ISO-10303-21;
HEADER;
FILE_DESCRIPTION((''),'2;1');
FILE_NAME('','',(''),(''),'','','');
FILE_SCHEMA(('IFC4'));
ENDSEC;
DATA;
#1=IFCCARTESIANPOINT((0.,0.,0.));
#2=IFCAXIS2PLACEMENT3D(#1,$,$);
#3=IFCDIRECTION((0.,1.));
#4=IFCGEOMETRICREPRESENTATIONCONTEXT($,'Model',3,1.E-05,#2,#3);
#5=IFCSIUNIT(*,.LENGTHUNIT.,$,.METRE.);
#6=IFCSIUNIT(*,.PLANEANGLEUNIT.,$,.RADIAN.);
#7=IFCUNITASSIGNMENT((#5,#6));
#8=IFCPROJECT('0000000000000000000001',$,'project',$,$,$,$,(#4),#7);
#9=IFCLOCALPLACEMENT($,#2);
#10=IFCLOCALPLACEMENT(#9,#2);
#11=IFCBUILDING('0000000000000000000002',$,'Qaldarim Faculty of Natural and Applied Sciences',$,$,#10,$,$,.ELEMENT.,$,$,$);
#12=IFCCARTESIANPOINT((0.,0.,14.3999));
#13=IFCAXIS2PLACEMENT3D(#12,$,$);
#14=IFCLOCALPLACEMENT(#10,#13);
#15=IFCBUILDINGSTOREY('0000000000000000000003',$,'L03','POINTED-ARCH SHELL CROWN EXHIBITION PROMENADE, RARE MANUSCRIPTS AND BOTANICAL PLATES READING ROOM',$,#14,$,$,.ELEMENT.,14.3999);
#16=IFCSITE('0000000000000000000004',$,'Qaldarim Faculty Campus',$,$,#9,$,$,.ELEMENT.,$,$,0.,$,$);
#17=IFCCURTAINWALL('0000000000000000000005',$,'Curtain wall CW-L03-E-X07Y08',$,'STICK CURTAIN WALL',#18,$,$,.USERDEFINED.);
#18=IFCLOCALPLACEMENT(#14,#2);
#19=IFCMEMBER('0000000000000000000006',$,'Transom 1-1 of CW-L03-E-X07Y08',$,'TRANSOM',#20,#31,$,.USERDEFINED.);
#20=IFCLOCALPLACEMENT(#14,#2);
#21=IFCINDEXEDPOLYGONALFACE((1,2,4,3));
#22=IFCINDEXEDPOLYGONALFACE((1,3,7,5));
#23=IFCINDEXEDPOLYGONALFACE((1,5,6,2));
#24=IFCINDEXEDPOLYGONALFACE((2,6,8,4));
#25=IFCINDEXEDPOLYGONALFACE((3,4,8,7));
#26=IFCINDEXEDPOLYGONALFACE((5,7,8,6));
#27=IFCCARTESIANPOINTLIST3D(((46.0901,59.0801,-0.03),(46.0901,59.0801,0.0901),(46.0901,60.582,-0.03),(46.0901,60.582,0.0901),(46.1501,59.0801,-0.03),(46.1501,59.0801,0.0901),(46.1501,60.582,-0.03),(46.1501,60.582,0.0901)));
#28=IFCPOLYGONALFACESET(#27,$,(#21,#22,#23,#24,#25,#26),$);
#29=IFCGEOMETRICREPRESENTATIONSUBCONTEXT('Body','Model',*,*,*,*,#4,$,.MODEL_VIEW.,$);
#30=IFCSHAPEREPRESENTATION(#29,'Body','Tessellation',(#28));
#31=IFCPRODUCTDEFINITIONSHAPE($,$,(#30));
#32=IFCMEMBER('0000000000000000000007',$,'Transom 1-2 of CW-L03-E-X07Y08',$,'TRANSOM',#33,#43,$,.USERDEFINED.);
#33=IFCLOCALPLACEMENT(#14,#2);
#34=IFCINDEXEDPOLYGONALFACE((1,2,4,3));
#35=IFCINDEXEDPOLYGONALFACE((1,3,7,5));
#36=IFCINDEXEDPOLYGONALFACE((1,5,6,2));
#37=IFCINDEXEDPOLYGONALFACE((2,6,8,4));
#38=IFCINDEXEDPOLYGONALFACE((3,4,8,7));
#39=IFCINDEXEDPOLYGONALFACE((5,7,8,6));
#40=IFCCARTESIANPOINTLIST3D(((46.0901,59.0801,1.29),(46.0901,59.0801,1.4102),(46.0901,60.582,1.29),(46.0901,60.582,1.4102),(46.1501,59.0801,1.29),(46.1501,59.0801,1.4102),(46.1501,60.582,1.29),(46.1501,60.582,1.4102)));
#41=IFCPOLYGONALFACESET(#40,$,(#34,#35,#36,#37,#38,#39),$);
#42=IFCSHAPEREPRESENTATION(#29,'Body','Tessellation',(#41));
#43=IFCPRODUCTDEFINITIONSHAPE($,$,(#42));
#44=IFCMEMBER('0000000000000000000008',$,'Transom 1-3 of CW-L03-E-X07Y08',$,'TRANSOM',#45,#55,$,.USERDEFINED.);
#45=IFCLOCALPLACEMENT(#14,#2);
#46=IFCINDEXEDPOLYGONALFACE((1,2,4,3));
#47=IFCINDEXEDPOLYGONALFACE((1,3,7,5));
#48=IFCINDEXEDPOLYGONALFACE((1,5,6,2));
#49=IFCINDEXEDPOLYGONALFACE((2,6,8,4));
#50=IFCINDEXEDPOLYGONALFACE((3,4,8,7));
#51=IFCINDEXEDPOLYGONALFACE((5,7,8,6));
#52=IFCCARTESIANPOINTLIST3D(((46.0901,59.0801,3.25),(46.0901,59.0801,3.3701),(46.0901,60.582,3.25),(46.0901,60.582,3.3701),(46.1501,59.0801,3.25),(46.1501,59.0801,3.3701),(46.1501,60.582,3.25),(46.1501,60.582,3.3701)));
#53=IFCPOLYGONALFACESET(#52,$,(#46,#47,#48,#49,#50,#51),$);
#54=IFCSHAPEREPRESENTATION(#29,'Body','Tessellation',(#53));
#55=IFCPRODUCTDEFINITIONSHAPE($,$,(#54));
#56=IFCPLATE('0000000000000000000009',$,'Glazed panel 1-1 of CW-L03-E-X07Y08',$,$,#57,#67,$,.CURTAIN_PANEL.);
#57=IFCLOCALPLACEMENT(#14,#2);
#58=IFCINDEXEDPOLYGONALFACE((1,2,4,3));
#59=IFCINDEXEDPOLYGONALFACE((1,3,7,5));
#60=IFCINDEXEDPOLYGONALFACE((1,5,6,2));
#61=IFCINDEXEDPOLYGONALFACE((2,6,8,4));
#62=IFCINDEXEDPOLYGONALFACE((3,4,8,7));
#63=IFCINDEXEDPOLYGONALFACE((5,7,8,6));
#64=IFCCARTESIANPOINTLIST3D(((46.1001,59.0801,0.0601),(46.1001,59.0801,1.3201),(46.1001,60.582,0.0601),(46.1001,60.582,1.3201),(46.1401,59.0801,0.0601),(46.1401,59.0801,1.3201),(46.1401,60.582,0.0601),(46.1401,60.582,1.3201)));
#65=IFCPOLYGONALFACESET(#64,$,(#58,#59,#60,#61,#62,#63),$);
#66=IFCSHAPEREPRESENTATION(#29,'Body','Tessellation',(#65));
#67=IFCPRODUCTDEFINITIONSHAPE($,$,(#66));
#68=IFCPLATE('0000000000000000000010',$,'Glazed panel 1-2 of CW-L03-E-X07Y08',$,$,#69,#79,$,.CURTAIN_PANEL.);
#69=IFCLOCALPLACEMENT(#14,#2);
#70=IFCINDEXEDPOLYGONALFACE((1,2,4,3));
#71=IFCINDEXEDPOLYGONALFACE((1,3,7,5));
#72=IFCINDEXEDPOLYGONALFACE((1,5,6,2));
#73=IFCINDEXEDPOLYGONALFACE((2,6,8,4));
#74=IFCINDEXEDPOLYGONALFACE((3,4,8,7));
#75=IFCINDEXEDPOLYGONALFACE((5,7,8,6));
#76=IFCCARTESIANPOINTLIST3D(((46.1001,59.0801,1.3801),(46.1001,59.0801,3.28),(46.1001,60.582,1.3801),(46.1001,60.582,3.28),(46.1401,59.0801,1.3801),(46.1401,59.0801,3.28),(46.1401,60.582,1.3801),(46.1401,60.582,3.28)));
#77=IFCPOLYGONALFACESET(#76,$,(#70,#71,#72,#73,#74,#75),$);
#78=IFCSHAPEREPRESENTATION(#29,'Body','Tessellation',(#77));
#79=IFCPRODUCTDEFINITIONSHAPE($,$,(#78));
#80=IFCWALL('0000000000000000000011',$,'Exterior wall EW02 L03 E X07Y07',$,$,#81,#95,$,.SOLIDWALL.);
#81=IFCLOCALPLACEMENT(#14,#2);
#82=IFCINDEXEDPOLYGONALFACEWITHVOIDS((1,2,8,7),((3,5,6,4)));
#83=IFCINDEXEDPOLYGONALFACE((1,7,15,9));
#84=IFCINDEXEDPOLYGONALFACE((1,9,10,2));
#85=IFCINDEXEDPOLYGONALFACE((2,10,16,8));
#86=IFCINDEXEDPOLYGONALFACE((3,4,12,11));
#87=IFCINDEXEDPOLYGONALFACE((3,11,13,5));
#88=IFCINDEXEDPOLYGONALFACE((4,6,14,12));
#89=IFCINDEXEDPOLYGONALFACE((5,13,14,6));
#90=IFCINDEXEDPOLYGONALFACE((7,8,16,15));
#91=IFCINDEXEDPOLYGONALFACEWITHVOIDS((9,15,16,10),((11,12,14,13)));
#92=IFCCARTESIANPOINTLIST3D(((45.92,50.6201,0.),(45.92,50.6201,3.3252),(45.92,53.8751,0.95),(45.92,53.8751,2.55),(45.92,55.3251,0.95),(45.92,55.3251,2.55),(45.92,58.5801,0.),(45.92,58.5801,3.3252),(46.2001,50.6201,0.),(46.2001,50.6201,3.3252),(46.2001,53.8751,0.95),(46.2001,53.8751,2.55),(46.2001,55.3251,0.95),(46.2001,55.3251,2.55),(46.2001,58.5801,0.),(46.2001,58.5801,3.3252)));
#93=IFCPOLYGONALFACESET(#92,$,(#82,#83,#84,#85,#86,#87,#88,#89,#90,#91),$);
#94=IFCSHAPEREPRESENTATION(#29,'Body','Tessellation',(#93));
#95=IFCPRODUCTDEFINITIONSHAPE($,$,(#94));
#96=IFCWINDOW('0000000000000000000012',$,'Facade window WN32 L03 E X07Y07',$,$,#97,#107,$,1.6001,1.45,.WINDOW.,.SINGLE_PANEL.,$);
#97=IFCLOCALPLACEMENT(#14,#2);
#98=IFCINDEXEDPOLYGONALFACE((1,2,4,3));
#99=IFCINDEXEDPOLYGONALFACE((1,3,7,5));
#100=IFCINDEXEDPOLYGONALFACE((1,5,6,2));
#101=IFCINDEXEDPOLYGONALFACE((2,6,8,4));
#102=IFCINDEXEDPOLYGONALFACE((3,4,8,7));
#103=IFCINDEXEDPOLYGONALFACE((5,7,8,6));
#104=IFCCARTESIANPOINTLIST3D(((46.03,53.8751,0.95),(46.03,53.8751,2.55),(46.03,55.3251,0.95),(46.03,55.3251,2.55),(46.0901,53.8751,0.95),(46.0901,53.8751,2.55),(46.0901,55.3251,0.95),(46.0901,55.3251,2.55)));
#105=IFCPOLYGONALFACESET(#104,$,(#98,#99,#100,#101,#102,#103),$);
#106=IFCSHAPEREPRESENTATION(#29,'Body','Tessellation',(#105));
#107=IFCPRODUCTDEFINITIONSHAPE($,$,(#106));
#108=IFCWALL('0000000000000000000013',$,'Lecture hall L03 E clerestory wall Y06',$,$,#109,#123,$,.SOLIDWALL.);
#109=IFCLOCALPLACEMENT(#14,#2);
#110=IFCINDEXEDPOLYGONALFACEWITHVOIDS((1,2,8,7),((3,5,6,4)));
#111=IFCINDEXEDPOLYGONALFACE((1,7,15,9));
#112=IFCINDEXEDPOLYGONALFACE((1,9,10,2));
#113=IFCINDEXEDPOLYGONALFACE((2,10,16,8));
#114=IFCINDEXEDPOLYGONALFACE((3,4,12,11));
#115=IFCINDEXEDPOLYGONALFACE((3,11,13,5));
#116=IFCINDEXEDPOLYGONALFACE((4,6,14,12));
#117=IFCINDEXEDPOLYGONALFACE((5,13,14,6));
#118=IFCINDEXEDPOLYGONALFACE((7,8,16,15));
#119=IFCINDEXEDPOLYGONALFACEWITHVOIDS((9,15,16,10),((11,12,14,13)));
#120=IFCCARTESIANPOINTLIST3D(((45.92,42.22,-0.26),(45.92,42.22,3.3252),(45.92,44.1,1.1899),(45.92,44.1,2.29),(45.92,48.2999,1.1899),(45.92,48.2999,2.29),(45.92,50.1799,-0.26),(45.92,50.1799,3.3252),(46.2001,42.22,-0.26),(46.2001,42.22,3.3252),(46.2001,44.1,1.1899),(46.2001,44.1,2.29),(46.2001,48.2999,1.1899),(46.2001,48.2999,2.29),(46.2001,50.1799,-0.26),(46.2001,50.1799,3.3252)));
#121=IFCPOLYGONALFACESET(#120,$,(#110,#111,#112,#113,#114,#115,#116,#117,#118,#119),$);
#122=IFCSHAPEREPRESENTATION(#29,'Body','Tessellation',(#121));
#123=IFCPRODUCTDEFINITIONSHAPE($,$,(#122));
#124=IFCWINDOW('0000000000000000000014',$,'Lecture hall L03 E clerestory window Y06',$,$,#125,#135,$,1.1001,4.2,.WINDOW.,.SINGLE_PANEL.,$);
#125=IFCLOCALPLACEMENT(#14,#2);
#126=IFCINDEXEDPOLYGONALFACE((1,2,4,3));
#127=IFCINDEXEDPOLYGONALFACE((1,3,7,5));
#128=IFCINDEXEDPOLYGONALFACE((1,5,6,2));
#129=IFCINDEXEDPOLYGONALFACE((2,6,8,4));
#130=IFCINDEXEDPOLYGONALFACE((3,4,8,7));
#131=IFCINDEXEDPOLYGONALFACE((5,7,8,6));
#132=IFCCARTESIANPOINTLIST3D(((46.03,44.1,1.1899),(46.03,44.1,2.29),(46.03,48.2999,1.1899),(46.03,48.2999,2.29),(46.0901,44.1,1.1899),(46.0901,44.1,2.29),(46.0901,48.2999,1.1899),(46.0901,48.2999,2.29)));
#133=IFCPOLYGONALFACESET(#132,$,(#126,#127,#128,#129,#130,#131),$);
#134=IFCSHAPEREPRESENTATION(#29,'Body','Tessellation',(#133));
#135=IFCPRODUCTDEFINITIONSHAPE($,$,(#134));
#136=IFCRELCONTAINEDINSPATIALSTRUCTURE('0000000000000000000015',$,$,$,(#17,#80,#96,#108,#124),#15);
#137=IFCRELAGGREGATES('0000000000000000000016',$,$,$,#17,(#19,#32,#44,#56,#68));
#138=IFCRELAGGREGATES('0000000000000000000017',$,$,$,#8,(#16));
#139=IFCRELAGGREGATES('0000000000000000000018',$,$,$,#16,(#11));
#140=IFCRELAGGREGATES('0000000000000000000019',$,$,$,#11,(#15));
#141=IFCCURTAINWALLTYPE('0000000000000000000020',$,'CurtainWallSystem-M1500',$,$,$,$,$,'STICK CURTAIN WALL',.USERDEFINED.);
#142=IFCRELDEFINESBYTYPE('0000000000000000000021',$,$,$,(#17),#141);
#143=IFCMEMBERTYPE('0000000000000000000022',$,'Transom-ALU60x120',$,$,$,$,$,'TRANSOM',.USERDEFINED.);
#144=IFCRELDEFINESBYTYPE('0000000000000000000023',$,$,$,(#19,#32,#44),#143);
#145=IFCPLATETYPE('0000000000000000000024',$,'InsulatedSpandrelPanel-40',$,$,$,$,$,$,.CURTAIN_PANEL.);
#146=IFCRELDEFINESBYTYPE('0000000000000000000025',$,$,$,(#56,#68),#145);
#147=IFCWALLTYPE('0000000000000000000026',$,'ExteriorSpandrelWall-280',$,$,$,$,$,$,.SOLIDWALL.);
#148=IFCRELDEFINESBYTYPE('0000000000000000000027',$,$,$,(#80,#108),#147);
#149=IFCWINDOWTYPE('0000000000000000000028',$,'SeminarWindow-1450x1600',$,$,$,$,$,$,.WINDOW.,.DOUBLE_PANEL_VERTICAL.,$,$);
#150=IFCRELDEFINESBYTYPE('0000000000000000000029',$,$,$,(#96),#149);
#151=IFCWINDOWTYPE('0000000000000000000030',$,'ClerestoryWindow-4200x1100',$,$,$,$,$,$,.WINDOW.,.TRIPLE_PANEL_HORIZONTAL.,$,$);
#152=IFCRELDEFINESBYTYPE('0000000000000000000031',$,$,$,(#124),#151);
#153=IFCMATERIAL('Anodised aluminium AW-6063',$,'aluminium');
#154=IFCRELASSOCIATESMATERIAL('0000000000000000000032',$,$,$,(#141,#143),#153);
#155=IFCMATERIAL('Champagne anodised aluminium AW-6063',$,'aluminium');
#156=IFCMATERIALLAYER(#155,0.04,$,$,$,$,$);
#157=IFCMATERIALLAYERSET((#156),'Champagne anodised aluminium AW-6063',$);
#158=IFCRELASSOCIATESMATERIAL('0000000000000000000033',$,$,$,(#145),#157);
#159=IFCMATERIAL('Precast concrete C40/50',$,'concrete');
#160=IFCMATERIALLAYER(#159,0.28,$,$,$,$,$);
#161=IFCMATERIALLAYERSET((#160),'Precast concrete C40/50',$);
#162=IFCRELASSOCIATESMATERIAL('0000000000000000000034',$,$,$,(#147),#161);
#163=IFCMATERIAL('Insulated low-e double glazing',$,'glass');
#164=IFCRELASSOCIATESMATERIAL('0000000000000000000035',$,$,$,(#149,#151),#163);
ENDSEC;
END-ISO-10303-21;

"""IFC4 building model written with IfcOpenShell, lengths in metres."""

from ifc_helpers import new_model, si_unit, direction, frame, frame_2d, origin, origin_2d, place, context, subcontext, project, spatial, rectangle, extrude, material, layer, layer_set, material_profile, profile_set, type_object, element, fill, aggregate, save


model = new_model("IFC4")

# Units and contexts
model_context = context("Model", 3, precision=1e-05, world=origin(), true_north=direction((0.0, 1.0)))
body_context = subcontext(model_context, "Body", "Model", "MODEL_VIEW")
ifc_project = project(units=[si_unit("LENGTHUNIT", "METRE"), si_unit("PLANEANGLEUNIT", "RADIAN")], contexts=[model_context])

# Site, building, storey
site_placement = place(None, origin())
site = spatial("IfcSite", under=ifc_project, at=site_placement, Name="Qaldarim Faculty Campus", CompositionType="ELEMENT", RefElevation=0.0)
building_placement = place(site_placement, origin())
building = spatial("IfcBuilding", under=site, at=building_placement, Name="Qaldarim Faculty of Natural and Applied Sciences", CompositionType="ELEMENT")
storey_placement = place(building_placement, frame((0.0, 0.0, 14.3999)))
storey = spatial("IfcBuildingStorey", under=building, at=storey_placement, Name="L03", Description="POINTED-ARCH SHELL CROWN EXHIBITION PROMENADE, RARE MANUSCRIPTS AND BOTANICAL PLATES READING ROOM", CompositionType="ELEMENT", Elevation=14.3999)

# Curtain wall
ifc_material_1 = material(Name="Anodised aluminium AW-6063", Category="aluminium")
curtain_wall_type = type_object("IfcCurtainWallType", Name="CurtainWallSystem-M1500", ElementType="STICK CURTAIN WALL", PredefinedType="USERDEFINED", material=ifc_material_1)
curtain_wall_placement = place(storey_placement, origin())
curtain_wall = element("IfcCurtainWall", 1, at=curtain_wall_placement, inside=storey, type_object=curtain_wall_type, Name="Curtain wall CW-L03-E-X07Y08", ObjectType="STICK CURTAIN WALL", PredefinedType="USERDEFINED")

# Shared definitions
ifc_material_2 = material(Name="Precast concrete C40/50", Category="concrete")

# Members
ifc_material_profile_1 = material_profile(ifc_material_1, rectangle(XDim=0.0601, YDim=0.1201, at=origin_2d()), Name="ALU-T60x120")
ifc_profile_set_1 = profile_set([ifc_material_profile_1], Name="Anodised aluminium AW-6063")
member_type_1 = type_object("IfcMemberType", Name="Transom-ALU60x120", ElementType="TRANSOM", PredefinedType="USERDEFINED", material=ifc_profile_set_1)
member_1_placement = place(storey_placement, frame((46.1201, 59.0801, 0.03), z_axis=(0.0, 1.0, 0.0), x_axis=(-1.0, 0.0, 0.0)))
member_1 = element("IfcMember", 2, at=member_1_placement, type_object=member_type_1, Name="Transom 1-1 of CW-L03-E-X07Y08", ObjectType="TRANSOM", PredefinedType="USERDEFINED", context=body_context, shape_type="SweptSolid", body=[
    extrude(rectangle(XDim=0.0601, YDim=0.1201, at=origin_2d()), origin(), (0.0, 0.0, 1.0), 1.502),
])
member_2_placement = place(storey_placement, frame((46.1201, 59.0801, 1.3501), z_axis=(0.0, 1.0, 0.0), x_axis=(-1.0, 0.0, 0.0)))
member_2 = element("IfcMember", 3, at=member_2_placement, type_object=member_type_1, Name="Transom 1-2 of CW-L03-E-X07Y08", ObjectType="TRANSOM", PredefinedType="USERDEFINED", context=body_context, shape_type="SweptSolid", body=[
    extrude(rectangle(XDim=0.0601, YDim=0.1201, at=origin_2d()), origin(), (0.0, 0.0, 1.0), 1.502),
])
member_3_placement = place(storey_placement, frame((46.1201, 59.0801, 3.3101), z_axis=(0.0, 1.0, 0.0), x_axis=(-1.0, 0.0, 0.0)))
member_3 = element("IfcMember", 4, at=member_3_placement, type_object=member_type_1, Name="Transom 1-3 of CW-L03-E-X07Y08", ObjectType="TRANSOM", PredefinedType="USERDEFINED", context=body_context, shape_type="SweptSolid", body=[
    extrude(rectangle(XDim=0.0601, YDim=0.1201, at=origin_2d()), origin(), (0.0, 0.0, 1.0), 1.502),
])

# Plates
ifc_material_3 = material(Name="Champagne anodised aluminium AW-6063", Category="aluminium")
ifc_layer_1 = layer(ifc_material_3, 0.04)
ifc_layer_set_1 = layer_set([ifc_layer_1], Name="Champagne anodised aluminium AW-6063")
plate_type = type_object("IfcPlateType", Name="InsulatedSpandrelPanel-40", PredefinedType="CURTAIN_PANEL", material=ifc_layer_set_1)
plate_1_placement = place(storey_placement, frame((46.1201, 59.8311, 0.0601), z_axis=(0.0, 0.0, 1.0), x_axis=(0.0, 1.0, 0.0)))
plate_1 = element("IfcPlate", 5, at=plate_1_placement, type_object=plate_type, Name="Glazed panel 1-1 of CW-L03-E-X07Y08", PredefinedType="CURTAIN_PANEL", context=body_context, shape_type="SweptSolid", body=[
    extrude(rectangle(XDim=1.502, YDim=0.04, at=origin_2d()), origin(), (0.0, 0.0, 1.0), 1.26),
])
plate_2_placement = place(storey_placement, frame((46.1201, 59.8311, 1.3801), z_axis=(0.0, 0.0, 1.0), x_axis=(0.0, 1.0, 0.0)))
plate_2 = element("IfcPlate", 6, at=plate_2_placement, type_object=plate_type, Name="Glazed panel 1-2 of CW-L03-E-X07Y08", PredefinedType="CURTAIN_PANEL", context=body_context, shape_type="SweptSolid", body=[
    extrude(rectangle(XDim=1.502, YDim=0.04, at=origin_2d()), origin(), (0.0, 0.0, 1.0), 1.8999),
])
aggregate(curtain_wall, [member_1, member_2, member_3, plate_1, plate_2])

# Walls, openings, windows
ifc_layer_2 = layer(ifc_material_2, 0.28)
ifc_layer_set_2 = layer_set([ifc_layer_2], Name="Precast concrete C40/50")
wall_type = type_object("IfcWallType", Name="ExteriorSpandrelWall-280", PredefinedType="SOLIDWALL", material=ifc_layer_set_2)
wall_1_placement = place(storey_placement, frame((46.0601, 50.6201, 0.0), z_axis=(0.0, 0.0, 1.0), x_axis=(0.0, 1.0, 0.0)))
wall_1 = element("IfcWall", 7, at=wall_1_placement, inside=storey, type_object=wall_type, Name="Exterior wall EW02 L03 E X07Y07", PredefinedType="SOLIDWALL", context=body_context, shape_type="SweptSolid", body=[
    extrude(rectangle(XDim=7.96, YDim=0.28, at=frame_2d((3.98, 0.0))), origin(), (0.0, 0.0, 1.0), 3.3252),
])
opening_1_placement = place(wall_1_placement, frame((3.2549, 0.0, 0.95)))
opening_1 = element("IfcOpeningElement", 8, at=opening_1_placement, cuts=wall_1, PredefinedType="OPENING", context=body_context, shape_type="SweptSolid", body=[
    extrude(rectangle(XDim=1.45, YDim=1.6001, at=frame_2d((0.7251, 0.8))), frame((0.0, 0.1499, 0.0), z_axis=(0.0, -1.0, 0.0), x_axis=(1.0, 0.0, 0.0)), (0.0, 0.0, 1.0), 0.3),
])
ifc_material_4 = material(Name="Insulated low-e double glazing", Category="glass")
window_type_1 = type_object("IfcWindowType", Name="SeminarWindow-1450x1600", PartitioningType="DOUBLE_PANEL_VERTICAL", PredefinedType="WINDOW", material=ifc_material_4)
window_1_placement = place(opening_1_placement, origin())
window_1 = element("IfcWindow", 9, at=window_1_placement, inside=storey, type_object=window_type_1, Name="Facade window WN32 L03 E X07Y07", OverallHeight=1.6001, OverallWidth=1.45, PartitioningType="SINGLE_PANEL", PredefinedType="WINDOW", context=body_context, shape_type="SweptSolid", body=[
    extrude(rectangle(XDim=1.45, YDim=1.6001, at=frame_2d((0.7251, 0.8))), frame((0.0, 0.03, 0.0), z_axis=(0.0, -1.0, 0.0), x_axis=(1.0, 0.0, 0.0)), (0.0, 0.0, 1.0), 0.0601),
])
fill(opening_1, window_1)
wall_2_placement = place(storey_placement, frame((46.0601, 42.22, -0.26), z_axis=(0.0, 0.0, 1.0), x_axis=(0.0, 1.0, 0.0)))
wall_2 = element("IfcWall", 10, at=wall_2_placement, inside=storey, type_object=wall_type, Name="Lecture hall L03 E clerestory wall Y06", PredefinedType="SOLIDWALL", context=body_context, shape_type="SweptSolid", body=[
    extrude(rectangle(XDim=7.96, YDim=0.28, at=frame_2d((3.98, 0.0))), origin(), (0.0, 0.0, 1.0), 3.5852),
])
opening_2_placement = place(wall_2_placement, frame((1.8799, 0.0, 1.45)))
opening_2 = element("IfcOpeningElement", 11, at=opening_2_placement, cuts=wall_2, PredefinedType="OPENING", context=body_context, shape_type="SweptSolid", body=[
    extrude(rectangle(XDim=4.2, YDim=1.1001, at=frame_2d((2.1001, 0.55))), frame((0.0, 0.1499, 0.0), z_axis=(0.0, -1.0, 0.0), x_axis=(1.0, 0.0, 0.0)), (0.0, 0.0, 1.0), 0.3),
])
window_type_2 = type_object("IfcWindowType", Name="ClerestoryWindow-4200x1100", PartitioningType="TRIPLE_PANEL_HORIZONTAL", PredefinedType="WINDOW", material=ifc_material_4)
window_2_placement = place(opening_2_placement, origin())
window_2 = element("IfcWindow", 12, at=window_2_placement, inside=storey, type_object=window_type_2, Name="Lecture hall L03 E clerestory window Y06", OverallHeight=1.1001, OverallWidth=4.2, PartitioningType="SINGLE_PANEL", PredefinedType="WINDOW", context=body_context, shape_type="SweptSolid", body=[
    extrude(rectangle(XDim=4.2, YDim=1.1001, at=frame_2d((2.1001, 0.55))), frame((0.0, 0.03, 0.0), z_axis=(0.0, -1.0, 0.0), x_axis=(1.0, 0.0, 0.0)), (0.0, 0.0, 1.0), 0.0601),
])
fill(opening_2, window_2)

save(model, "model.ifc")
